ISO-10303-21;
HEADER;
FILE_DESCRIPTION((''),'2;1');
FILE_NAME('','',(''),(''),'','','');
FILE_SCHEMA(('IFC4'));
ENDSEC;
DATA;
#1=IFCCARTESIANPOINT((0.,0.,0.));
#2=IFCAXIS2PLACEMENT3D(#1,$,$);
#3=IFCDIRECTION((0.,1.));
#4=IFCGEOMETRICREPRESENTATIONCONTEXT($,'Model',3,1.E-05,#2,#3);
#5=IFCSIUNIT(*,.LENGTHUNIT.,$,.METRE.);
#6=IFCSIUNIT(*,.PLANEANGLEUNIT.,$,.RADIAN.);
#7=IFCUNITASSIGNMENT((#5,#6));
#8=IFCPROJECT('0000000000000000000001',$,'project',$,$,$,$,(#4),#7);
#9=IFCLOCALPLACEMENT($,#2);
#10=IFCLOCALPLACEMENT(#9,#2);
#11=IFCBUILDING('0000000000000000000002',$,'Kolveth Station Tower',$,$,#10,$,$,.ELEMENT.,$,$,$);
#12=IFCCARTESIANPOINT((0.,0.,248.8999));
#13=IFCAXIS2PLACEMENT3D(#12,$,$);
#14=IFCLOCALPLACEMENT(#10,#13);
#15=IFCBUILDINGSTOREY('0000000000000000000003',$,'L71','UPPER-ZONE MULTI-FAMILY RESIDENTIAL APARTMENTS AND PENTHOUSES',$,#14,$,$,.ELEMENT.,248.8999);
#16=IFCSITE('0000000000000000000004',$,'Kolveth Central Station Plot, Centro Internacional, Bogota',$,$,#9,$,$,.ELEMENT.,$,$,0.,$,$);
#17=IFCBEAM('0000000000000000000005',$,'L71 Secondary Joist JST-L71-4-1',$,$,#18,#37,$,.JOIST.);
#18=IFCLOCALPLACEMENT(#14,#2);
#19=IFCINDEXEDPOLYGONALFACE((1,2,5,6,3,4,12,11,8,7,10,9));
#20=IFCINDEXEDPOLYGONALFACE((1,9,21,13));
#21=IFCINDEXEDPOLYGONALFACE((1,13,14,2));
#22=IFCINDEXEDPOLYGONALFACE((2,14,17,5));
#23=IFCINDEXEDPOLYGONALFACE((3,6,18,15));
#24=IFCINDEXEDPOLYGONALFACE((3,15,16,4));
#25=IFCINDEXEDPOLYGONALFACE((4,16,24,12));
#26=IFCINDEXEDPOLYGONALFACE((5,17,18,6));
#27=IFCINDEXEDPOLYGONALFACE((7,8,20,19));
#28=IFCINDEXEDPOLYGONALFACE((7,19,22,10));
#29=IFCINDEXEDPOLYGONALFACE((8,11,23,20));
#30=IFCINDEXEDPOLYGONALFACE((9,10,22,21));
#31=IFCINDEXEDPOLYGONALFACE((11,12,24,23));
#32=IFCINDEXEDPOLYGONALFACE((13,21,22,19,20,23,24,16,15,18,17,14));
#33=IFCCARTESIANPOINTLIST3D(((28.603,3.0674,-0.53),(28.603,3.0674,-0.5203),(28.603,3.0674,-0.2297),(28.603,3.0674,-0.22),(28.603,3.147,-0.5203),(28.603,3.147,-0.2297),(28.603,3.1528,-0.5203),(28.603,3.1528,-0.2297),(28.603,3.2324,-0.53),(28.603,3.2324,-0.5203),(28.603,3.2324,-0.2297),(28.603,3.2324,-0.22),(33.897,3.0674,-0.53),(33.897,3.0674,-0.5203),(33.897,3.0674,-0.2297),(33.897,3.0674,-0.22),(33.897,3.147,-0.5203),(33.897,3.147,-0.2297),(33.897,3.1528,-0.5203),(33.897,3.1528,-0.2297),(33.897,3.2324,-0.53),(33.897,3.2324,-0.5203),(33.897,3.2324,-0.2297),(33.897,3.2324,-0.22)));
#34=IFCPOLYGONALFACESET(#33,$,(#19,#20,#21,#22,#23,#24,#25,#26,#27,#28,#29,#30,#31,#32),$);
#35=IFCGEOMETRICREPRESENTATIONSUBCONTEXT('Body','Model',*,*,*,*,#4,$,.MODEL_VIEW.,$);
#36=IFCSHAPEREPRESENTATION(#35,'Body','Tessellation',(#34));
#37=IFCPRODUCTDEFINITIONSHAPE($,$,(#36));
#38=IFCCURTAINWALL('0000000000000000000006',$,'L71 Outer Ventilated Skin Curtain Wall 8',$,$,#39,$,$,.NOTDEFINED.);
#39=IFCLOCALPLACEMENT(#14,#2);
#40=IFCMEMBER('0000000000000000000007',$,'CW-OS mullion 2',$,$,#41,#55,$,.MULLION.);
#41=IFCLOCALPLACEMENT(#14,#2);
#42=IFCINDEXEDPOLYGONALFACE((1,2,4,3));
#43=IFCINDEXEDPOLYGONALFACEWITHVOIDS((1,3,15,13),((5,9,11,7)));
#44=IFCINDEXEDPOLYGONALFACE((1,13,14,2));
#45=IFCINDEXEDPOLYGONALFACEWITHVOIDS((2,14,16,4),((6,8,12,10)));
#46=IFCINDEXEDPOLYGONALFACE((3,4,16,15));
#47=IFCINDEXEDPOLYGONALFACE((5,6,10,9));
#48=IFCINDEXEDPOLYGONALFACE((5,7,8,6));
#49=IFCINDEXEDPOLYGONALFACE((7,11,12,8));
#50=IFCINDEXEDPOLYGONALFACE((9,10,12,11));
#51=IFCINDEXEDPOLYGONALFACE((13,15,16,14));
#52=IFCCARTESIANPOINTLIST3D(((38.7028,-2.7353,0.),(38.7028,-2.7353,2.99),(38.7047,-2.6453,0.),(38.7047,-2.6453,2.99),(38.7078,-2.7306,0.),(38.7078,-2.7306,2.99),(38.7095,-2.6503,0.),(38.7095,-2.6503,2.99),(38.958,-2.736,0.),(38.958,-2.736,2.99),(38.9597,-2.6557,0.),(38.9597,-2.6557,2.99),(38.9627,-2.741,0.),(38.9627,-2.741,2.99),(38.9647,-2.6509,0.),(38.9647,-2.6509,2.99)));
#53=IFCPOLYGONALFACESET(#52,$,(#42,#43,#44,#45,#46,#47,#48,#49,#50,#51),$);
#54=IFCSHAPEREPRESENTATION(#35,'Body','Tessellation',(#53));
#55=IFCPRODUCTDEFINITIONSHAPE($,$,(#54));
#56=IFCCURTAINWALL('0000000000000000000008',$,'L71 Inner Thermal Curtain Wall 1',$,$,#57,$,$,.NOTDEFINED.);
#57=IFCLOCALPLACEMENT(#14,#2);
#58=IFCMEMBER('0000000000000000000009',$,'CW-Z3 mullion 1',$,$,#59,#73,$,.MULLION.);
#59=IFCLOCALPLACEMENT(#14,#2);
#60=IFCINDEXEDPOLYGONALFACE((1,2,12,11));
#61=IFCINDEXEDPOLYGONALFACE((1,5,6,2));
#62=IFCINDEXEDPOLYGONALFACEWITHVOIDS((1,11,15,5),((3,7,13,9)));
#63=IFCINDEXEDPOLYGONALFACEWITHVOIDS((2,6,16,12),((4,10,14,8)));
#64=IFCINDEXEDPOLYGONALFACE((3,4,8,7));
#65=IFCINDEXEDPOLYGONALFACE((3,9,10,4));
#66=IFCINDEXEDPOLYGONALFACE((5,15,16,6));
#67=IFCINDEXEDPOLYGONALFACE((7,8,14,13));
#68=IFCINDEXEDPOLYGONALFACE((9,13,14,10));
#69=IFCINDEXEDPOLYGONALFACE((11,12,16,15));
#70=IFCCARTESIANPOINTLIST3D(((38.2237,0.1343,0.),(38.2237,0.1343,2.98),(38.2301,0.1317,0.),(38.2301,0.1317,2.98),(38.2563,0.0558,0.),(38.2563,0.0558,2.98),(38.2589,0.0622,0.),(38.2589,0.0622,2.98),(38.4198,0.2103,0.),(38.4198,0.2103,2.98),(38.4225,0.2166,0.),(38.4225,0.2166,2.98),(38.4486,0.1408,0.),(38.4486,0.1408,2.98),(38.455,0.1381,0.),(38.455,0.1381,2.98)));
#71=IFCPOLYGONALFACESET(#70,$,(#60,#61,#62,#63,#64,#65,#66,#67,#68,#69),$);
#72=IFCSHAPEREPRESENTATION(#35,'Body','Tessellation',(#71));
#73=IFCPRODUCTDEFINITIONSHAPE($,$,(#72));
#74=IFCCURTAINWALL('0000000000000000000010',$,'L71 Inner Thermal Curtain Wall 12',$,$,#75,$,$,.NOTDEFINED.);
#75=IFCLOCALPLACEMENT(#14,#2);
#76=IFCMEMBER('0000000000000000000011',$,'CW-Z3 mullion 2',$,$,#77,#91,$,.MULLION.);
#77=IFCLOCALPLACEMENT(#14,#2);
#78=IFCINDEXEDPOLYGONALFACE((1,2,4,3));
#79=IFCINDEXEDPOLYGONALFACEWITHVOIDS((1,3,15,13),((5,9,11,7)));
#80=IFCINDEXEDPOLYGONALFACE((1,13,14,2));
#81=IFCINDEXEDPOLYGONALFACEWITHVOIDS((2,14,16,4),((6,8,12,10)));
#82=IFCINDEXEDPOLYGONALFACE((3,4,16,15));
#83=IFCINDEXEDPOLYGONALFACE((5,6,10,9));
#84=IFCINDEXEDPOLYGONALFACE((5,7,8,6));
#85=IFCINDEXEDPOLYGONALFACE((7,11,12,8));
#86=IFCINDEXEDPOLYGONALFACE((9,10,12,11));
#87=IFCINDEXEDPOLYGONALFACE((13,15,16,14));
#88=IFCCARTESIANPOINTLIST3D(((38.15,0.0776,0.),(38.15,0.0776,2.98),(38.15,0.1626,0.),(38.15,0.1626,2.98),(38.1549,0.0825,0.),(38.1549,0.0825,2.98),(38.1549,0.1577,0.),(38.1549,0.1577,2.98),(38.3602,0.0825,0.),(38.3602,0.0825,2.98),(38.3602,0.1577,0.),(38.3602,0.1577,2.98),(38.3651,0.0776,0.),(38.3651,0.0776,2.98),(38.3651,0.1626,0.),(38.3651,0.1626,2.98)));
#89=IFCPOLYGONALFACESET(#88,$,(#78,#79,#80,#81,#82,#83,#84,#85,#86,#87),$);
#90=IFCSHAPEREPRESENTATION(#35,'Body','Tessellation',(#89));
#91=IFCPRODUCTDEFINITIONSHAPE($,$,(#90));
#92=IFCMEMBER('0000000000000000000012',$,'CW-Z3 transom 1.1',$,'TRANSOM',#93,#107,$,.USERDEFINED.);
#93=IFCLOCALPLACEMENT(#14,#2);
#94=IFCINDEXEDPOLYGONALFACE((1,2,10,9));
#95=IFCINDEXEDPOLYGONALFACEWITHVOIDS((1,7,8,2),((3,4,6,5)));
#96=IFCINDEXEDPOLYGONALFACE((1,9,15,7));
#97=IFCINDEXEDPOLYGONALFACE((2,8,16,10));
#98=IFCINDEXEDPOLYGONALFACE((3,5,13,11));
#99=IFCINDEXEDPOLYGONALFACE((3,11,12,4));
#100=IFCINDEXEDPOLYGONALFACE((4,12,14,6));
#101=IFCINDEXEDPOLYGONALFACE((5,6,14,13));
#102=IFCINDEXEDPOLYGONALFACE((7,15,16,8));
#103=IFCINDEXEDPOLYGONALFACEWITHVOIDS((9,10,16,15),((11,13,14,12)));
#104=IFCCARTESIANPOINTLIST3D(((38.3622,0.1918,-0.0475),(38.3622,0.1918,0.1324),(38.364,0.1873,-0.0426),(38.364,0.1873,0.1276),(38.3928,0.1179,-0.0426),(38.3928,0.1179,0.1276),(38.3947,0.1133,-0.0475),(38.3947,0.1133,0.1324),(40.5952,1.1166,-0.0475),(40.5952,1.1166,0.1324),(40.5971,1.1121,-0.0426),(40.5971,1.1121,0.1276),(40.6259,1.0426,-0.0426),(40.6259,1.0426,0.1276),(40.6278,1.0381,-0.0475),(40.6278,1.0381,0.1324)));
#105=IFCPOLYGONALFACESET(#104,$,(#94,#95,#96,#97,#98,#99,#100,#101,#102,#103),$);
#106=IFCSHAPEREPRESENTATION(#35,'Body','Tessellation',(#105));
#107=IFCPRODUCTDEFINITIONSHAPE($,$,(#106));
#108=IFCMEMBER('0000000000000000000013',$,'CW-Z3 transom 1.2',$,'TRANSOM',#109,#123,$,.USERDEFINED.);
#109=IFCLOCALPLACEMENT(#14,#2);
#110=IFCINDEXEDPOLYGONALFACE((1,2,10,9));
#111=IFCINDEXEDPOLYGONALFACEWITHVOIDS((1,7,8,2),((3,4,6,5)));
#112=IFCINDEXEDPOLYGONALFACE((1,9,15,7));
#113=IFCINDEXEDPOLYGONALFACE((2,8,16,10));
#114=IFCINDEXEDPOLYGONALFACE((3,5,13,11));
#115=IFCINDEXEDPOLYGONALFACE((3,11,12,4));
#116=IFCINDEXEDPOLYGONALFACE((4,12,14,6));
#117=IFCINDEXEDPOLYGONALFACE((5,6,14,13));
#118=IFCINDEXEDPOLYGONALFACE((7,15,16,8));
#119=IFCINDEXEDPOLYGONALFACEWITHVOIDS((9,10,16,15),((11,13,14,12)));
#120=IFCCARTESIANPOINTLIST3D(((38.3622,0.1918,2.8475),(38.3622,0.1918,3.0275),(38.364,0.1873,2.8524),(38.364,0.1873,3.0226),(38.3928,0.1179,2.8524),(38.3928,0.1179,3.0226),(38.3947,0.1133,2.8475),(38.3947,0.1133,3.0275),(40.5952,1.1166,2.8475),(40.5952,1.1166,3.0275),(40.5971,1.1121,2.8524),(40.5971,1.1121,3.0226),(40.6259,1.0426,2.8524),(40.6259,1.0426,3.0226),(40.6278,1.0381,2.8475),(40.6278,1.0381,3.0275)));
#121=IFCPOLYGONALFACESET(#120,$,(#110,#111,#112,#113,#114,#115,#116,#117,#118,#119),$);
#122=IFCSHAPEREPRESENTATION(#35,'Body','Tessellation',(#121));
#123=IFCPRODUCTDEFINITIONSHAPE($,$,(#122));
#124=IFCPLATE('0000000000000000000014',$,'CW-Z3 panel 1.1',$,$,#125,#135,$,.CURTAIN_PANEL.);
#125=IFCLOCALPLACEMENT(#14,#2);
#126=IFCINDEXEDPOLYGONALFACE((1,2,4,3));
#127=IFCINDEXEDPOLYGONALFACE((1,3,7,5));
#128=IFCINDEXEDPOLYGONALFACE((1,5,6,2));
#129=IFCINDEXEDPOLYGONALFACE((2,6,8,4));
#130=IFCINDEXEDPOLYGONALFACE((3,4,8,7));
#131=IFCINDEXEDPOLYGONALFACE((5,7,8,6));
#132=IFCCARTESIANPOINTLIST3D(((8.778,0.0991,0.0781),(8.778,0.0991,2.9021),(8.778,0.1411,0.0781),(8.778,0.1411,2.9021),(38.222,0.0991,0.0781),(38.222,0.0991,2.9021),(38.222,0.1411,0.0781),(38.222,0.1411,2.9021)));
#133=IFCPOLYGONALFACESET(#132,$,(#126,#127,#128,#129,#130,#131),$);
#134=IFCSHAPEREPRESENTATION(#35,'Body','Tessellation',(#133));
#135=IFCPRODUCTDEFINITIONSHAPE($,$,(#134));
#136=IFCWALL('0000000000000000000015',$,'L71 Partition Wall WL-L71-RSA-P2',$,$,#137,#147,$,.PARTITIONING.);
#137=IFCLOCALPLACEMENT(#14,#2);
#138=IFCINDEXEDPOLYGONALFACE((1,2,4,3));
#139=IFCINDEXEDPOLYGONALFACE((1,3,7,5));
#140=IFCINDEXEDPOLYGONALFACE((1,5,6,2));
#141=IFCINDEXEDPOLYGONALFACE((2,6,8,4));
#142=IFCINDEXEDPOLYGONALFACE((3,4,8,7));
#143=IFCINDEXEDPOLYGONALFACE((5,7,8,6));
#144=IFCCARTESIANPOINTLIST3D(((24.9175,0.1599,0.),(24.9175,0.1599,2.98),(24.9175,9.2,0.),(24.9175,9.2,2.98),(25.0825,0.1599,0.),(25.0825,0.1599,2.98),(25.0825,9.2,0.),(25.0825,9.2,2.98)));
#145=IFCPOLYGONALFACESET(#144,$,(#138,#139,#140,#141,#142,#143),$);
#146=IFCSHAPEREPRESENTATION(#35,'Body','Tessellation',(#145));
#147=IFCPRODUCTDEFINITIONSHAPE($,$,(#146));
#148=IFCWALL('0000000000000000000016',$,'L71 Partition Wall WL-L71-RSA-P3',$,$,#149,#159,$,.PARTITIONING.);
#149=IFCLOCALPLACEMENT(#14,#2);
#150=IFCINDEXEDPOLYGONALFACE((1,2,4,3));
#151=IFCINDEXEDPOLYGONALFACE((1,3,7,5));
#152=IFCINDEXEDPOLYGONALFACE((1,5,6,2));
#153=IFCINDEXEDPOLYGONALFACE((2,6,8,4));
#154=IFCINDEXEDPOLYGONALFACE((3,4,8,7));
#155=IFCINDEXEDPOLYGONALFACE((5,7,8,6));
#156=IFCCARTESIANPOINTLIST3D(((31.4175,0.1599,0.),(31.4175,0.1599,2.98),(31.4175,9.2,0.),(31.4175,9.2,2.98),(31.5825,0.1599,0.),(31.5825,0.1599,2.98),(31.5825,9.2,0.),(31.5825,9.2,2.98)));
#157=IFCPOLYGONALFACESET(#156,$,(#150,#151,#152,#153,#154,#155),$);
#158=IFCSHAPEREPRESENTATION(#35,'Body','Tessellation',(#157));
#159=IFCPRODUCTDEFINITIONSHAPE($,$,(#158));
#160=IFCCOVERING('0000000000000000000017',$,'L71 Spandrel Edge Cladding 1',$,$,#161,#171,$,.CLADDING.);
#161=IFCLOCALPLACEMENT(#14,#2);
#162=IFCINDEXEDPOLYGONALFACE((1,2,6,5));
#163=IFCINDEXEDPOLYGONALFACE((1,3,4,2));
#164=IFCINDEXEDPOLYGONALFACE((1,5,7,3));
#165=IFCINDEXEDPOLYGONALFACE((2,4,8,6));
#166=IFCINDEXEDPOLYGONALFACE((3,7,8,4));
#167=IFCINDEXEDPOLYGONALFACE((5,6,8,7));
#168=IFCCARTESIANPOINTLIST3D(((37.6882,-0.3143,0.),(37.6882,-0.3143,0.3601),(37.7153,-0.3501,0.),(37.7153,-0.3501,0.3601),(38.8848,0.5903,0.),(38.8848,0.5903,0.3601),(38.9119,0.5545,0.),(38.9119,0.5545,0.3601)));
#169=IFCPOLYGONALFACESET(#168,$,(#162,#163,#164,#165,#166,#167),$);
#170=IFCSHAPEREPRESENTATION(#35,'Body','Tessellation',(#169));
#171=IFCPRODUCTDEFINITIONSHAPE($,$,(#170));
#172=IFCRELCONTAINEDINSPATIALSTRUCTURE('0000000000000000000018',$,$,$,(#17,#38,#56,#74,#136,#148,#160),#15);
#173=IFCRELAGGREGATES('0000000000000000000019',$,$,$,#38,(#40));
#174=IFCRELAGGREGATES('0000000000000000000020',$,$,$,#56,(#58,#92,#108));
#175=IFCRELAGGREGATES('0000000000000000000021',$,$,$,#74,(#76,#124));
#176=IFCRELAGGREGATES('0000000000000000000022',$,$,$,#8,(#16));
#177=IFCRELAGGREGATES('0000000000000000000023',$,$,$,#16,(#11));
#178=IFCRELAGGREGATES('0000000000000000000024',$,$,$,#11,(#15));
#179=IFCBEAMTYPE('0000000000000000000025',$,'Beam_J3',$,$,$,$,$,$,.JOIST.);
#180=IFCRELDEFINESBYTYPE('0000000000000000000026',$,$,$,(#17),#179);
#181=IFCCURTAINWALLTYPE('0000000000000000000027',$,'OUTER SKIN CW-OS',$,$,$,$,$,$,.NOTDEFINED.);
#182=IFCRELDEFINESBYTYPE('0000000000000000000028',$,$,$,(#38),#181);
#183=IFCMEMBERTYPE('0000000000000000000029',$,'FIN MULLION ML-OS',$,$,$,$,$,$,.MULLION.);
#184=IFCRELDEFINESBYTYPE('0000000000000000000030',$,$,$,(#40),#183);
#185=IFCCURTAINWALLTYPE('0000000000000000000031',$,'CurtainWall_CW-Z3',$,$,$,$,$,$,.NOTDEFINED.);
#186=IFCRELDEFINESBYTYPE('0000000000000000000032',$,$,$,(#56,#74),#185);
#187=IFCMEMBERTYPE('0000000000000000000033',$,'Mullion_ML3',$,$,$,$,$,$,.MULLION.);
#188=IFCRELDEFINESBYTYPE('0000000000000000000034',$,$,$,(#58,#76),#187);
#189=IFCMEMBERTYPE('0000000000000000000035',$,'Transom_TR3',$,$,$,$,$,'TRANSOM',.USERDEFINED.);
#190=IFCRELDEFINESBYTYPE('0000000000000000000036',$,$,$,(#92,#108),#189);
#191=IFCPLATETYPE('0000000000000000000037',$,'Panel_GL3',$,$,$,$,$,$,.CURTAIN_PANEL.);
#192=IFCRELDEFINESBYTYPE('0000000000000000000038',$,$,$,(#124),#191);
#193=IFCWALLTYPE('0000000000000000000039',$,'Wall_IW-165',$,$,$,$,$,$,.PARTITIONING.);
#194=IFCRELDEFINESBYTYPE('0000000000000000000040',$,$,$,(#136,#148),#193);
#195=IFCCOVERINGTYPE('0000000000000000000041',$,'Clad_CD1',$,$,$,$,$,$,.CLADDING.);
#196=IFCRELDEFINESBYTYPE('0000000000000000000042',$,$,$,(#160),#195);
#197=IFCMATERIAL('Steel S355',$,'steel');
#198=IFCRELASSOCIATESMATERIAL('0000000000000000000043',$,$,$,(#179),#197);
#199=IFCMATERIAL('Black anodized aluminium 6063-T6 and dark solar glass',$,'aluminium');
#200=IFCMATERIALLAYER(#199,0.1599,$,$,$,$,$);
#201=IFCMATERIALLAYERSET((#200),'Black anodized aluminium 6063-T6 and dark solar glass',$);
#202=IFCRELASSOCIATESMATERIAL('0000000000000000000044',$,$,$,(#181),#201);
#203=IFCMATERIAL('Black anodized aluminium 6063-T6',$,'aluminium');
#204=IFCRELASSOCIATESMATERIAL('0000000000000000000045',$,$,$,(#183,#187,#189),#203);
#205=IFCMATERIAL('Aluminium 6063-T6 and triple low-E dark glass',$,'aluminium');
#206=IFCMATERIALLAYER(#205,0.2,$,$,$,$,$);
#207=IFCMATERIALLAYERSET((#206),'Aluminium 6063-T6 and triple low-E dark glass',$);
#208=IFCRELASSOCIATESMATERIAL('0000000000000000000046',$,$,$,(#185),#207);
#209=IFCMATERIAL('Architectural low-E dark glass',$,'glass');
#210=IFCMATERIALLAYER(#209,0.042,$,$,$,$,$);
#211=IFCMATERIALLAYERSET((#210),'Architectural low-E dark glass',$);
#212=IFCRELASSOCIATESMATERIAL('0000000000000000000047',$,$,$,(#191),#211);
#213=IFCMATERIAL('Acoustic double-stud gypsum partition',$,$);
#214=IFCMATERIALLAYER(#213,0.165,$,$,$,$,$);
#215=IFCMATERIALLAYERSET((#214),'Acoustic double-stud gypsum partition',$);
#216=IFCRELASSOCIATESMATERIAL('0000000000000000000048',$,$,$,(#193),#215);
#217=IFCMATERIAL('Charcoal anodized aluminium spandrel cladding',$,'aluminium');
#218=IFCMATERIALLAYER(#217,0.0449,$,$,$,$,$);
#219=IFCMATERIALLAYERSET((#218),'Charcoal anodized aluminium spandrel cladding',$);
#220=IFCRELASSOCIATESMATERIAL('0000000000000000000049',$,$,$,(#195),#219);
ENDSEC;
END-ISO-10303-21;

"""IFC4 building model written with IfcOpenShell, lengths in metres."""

from ifc_helpers import new_model, si_unit, direction, frame, frame_2d, origin, origin_2d, place, context, subcontext, project, spatial, rectangle, hollow_rectangle, i_section, extrude, source, transform, mapped, material, layer, layer_set, material_profile, profile_set, type_object, element, aggregate, save


model = new_model("IFC4")

# Units and contexts
model_context = context("Model", 3, precision=1e-05, world=origin(), true_north=direction((0.0, 1.0)))
body_context = subcontext(model_context, "Body", "Model", "MODEL_VIEW")
ifc_project = project(units=[si_unit("LENGTHUNIT", "METRE"), si_unit("PLANEANGLEUNIT", "RADIAN")], contexts=[model_context])

# Site, building, storey
site_placement = place(None, origin())
site = spatial("IfcSite", under=ifc_project, at=site_placement, Name="Kolveth Central Station Plot, Centro Internacional, Bogota", CompositionType="ELEMENT", RefElevation=0.0)
building_placement = place(site_placement, origin())
building = spatial("IfcBuilding", under=site, at=building_placement, Name="Kolveth Station Tower", CompositionType="ELEMENT")
storey_placement = place(building_placement, frame((0.0, 0.0, 248.8999)))
storey = spatial("IfcBuildingStorey", under=building, at=storey_placement, Name="L71", Description="UPPER-ZONE MULTI-FAMILY RESIDENTIAL APARTMENTS AND PENTHOUSES", CompositionType="ELEMENT", Elevation=248.8999)

# Shared definitions
ifc_material_1 = material(Name="Steel S355", Category="steel")

# Beam
ifc_material_profile_1 = material_profile(ifc_material_1, i_section(OverallWidth=0.165, OverallDepth=0.3101, WebThickness=0.0059, FlangeThickness=0.0098, at=origin_2d()), Name="W310x39")
ifc_profile_set_1 = profile_set([ifc_material_profile_1], Name="Steel S355")
beam_type_1 = type_object("IfcBeamType", Name="Beam_J3", PredefinedType="JOIST", material=ifc_profile_set_1)
shared_shape_1 = source(origin(), body_context, "Body", "SweptSolid", [
    extrude(i_section(OverallWidth=0.165, OverallDepth=0.3101, WebThickness=0.0059, FlangeThickness=0.0098, at=origin_2d()), origin(), (0.0, 0.0, 1.0), 5.2939),
])
beam_1_placement = place(storey_placement, frame((28.603, 3.1499, -0.375), z_axis=(1.0, 0.0, 0.0), x_axis=(0.0, 1.0, 0.0)))
element("IfcBeam", 1, at=beam_1_placement, inside=storey, type_object=beam_type_1, Name="L71 Secondary Joist JST-L71-4-1", PredefinedType="JOIST", context=body_context, shape_type="MappedRepresentation", body=[
    mapped(shared_shape_1, transform((0.0, 0.0, 0.0), x_axis=(1.0, 0.0, 0.0), y_axis=(0.0, 1.0, 0.0), z_axis=(0.0, 0.0, 1.0), scale=1.0)),
])

# Curtain walls, members
ifc_material_2 = material(Name="Black anodized aluminium 6063-T6 and dark solar glass", Category="aluminium")
ifc_layer_1 = layer(ifc_material_2, 0.1599)
ifc_layer_set_1 = layer_set([ifc_layer_1], Name="Black anodized aluminium 6063-T6 and dark solar glass")
curtain_wall_type_1 = type_object("IfcCurtainWallType", Name="OUTER SKIN CW-OS", PredefinedType="NOTDEFINED", material=ifc_layer_set_1)
curtain_wall_1_placement = place(storey_placement, origin())
curtain_wall_1 = element("IfcCurtainWall", 2, at=curtain_wall_1_placement, inside=storey, type_object=curtain_wall_type_1, Name="L71 Outer Ventilated Skin Curtain Wall 8", PredefinedType="NOTDEFINED")
ifc_material_3 = material(Name="Black anodized aluminium 6063-T6", Category="aluminium")
ifc_material_profile_2 = material_profile(ifc_material_3, hollow_rectangle(XDim=0.0901, YDim=0.26, WallThickness=0.0049, at=origin_2d()), Name="ALU-90x260x5")
ifc_profile_set_2 = profile_set([ifc_material_profile_2], Name="Black anodized aluminium 6063-T6")
member_type_1 = type_object("IfcMemberType", Name="FIN MULLION ML-OS", PredefinedType="MULLION", material=ifc_profile_set_2)
shared_shape_2 = source(origin(), body_context, "Body", "SweptSolid", [
    extrude(hollow_rectangle(XDim=0.0901, YDim=0.26, WallThickness=0.0049, at=origin_2d()), origin(), (0.0, 0.0, 1.0), 2.99),
])
member_1_placement = place(storey_placement, frame((38.8337, -2.6931, 0.0), z_axis=(0.0, 0.0, 1.0), x_axis=(0.021663, 0.999765, 0.0)))
member_1 = element("IfcMember", 3, at=member_1_placement, type_object=member_type_1, Name="CW-OS mullion 2", PredefinedType="MULLION", context=body_context, shape_type="MappedRepresentation", body=[
    mapped(shared_shape_2, transform((0.0, 0.0, 0.0), x_axis=(1.0, 0.0, 0.0), y_axis=(0.0, 1.0, 0.0), z_axis=(0.0, 0.0, 1.0), scale=1.0)),
])
aggregate(curtain_wall_1, [member_1])
ifc_material_4 = material(Name="Aluminium 6063-T6 and triple low-E dark glass", Category="aluminium")
ifc_layer_2 = layer(ifc_material_4, 0.2)
ifc_layer_set_2 = layer_set([ifc_layer_2], Name="Aluminium 6063-T6 and triple low-E dark glass")
curtain_wall_type_2 = type_object("IfcCurtainWallType", Name="CurtainWall_CW-Z3", PredefinedType="NOTDEFINED", material=ifc_layer_set_2)
curtain_wall_2_placement = place(storey_placement, origin())
curtain_wall_2 = element("IfcCurtainWall", 4, at=curtain_wall_2_placement, inside=storey, type_object=curtain_wall_type_2, Name="L71 Inner Thermal Curtain Wall 1", PredefinedType="NOTDEFINED")
ifc_material_profile_3 = material_profile(ifc_material_3, hollow_rectangle(XDim=0.085, YDim=0.2151, WallThickness=0.0049, at=origin_2d()), Name="ALU-85x215x5")
ifc_profile_set_3 = profile_set([ifc_material_profile_3], Name="Black anodized aluminium 6063-T6")
member_type_2 = type_object("IfcMemberType", Name="Mullion_ML3", PredefinedType="MULLION", material=ifc_profile_set_3)
shared_shape_3 = source(origin(), body_context, "Body", "SweptSolid", [
    extrude(hollow_rectangle(XDim=0.085, YDim=0.2151, WallThickness=0.0049, at=origin_2d()), origin(), (0.0, 0.0, 1.0), 2.98),
])
member_2_placement = place(storey_placement, frame((38.3394, 0.1362, 0.0), z_axis=(0.0, 0.0, 1.0), x_axis=(-0.382693, 0.923875, 0.0)))
member_2 = element("IfcMember", 5, at=member_2_placement, type_object=member_type_2, Name="CW-Z3 mullion 1", PredefinedType="MULLION", context=body_context, shape_type="MappedRepresentation", body=[
    mapped(shared_shape_3, transform((0.0, 0.0, 0.0), x_axis=(1.0, 0.0, 0.0), y_axis=(0.0, 1.0, 0.0), z_axis=(0.0, 0.0, 1.0), scale=1.0)),
])
curtain_wall_3_placement = place(storey_placement, origin())
curtain_wall_3 = element("IfcCurtainWall", 6, at=curtain_wall_3_placement, inside=storey, type_object=curtain_wall_type_2, Name="L71 Inner Thermal Curtain Wall 12", PredefinedType="NOTDEFINED")
member_3_placement = place(storey_placement, frame((38.2576, 0.1201, 0.0), z_axis=(0.0, 0.0, 1.0), x_axis=(0.0, 1.0, 0.0)))
member_3 = element("IfcMember", 7, at=member_3_placement, type_object=member_type_2, Name="CW-Z3 mullion 2", PredefinedType="MULLION", context=body_context, shape_type="MappedRepresentation", body=[
    mapped(shared_shape_3, transform((0.0, 0.0, 0.0), x_axis=(1.0, 0.0, 0.0), y_axis=(0.0, 1.0, 0.0), z_axis=(0.0, 0.0, 1.0), scale=1.0)),
])

# Members
ifc_material_profile_4 = material_profile(ifc_material_3, hollow_rectangle(XDim=0.085, YDim=0.1799, WallThickness=0.0049, at=origin_2d()), Name="ALU-85x180x5")
ifc_profile_set_4 = profile_set([ifc_material_profile_4], Name="Black anodized aluminium 6063-T6")
member_type_3 = type_object("IfcMemberType", Name="Transom_TR3", ElementType="TRANSOM", PredefinedType="USERDEFINED", material=ifc_profile_set_4)
shared_shape_4 = source(origin(), body_context, "Body", "SweptSolid", [
    extrude(hollow_rectangle(XDim=0.085, YDim=0.1799, WallThickness=0.0049, at=origin_2d()), origin(), (0.0, 0.0, 1.0), 2.417),
])
member_4_placement = place(storey_placement, frame((38.3784, 0.1526, 0.0425), z_axis=(0.923909, 0.382613, 0.0), x_axis=(-0.382613, 0.923909, 0.0)))
member_4 = element("IfcMember", 8, at=member_4_placement, type_object=member_type_3, Name="CW-Z3 transom 1.1", ObjectType="TRANSOM", PredefinedType="USERDEFINED", context=body_context, shape_type="MappedRepresentation", body=[
    mapped(shared_shape_4, transform((0.0, 0.0, 0.0), x_axis=(1.0, 0.0, 0.0), y_axis=(0.0, 1.0, 0.0), z_axis=(0.0, 0.0, 1.0), scale=1.0)),
])
member_5_placement = place(storey_placement, frame((38.3784, 0.1526, 2.9375), z_axis=(0.923909, 0.382613, 0.0), x_axis=(-0.382613, 0.923909, 0.0)))
member_5 = element("IfcMember", 9, at=member_5_placement, type_object=member_type_3, Name="CW-Z3 transom 1.2", ObjectType="TRANSOM", PredefinedType="USERDEFINED", context=body_context, shape_type="MappedRepresentation", body=[
    mapped(shared_shape_4, transform((0.0, 0.0, 0.0), x_axis=(1.0, 0.0, 0.0), y_axis=(0.0, 1.0, 0.0), z_axis=(0.0, 0.0, 1.0), scale=1.0)),
])
aggregate(curtain_wall_2, [member_2, member_4, member_5])

# Plate
ifc_material_5 = material(Name="Architectural low-E dark glass", Category="glass")
ifc_layer_3 = layer(ifc_material_5, 0.042)
ifc_layer_set_3 = layer_set([ifc_layer_3], Name="Architectural low-E dark glass")
plate_type = type_object("IfcPlateType", Name="Panel_GL3", PredefinedType="CURTAIN_PANEL", material=ifc_layer_set_3)
shared_shape_5 = source(origin(), body_context, "Body", "SweptSolid", [
    extrude(rectangle(XDim=29.4441, YDim=0.042, at=origin_2d()), origin(), (0.0, 0.0, 1.0), 2.824),
])
plate_placement = place(storey_placement, frame((23.5, 0.1201, 0.0781), z_axis=(0.0, 0.0, 1.0), x_axis=(1.0, 0.0, 0.0)))
plate = element("IfcPlate", 10, at=plate_placement, type_object=plate_type, Name="CW-Z3 panel 1.1", PredefinedType="CURTAIN_PANEL", context=body_context, shape_type="MappedRepresentation", body=[
    mapped(shared_shape_5, transform((0.0, 0.0, 0.0), x_axis=(1.0, 0.0, 0.0), y_axis=(0.0, 1.0, 0.0), z_axis=(0.0, 0.0, 1.0), scale=1.0)),
])
aggregate(curtain_wall_3, [member_3, plate])

# Walls
ifc_material_6 = material(Name="Acoustic double-stud gypsum partition")
ifc_layer_4 = layer(ifc_material_6, 0.165)
ifc_layer_set_4 = layer_set([ifc_layer_4], Name="Acoustic double-stud gypsum partition")
wall_type = type_object("IfcWallType", Name="Wall_IW-165", PredefinedType="PARTITIONING", material=ifc_layer_set_4)
for number, where, z_axis, x_axis, name in (
    (11, (25.0, 0.1599, 0.0), (0.0, 0.0, 1.0), (0.0, 1.0, 0.0), "L71 Partition Wall WL-L71-RSA-P2"),
    (12, (31.5, 0.1599, 0.0), (0.0, 0.0, 1.0), (0.0, 1.0, 0.0), "L71 Partition Wall WL-L71-RSA-P3"),
):
    element("IfcWall", number, at=place(storey_placement, frame(where, z_axis=z_axis, x_axis=x_axis)), inside=storey, type_object=wall_type, Name=name, PredefinedType="PARTITIONING", context=body_context, shape_type="SweptSolid", body=[
        extrude(rectangle(XDim=9.04, YDim=0.165, at=frame_2d((4.52, 0.0))), origin(), (0.0, 0.0, 1.0), 2.98),
    ])

# Covering
ifc_material_7 = material(Name="Charcoal anodized aluminium spandrel cladding", Category="aluminium")
ifc_layer_5 = layer(ifc_material_7, 0.0449)
ifc_layer_set_5 = layer_set([ifc_layer_5], Name="Charcoal anodized aluminium spandrel cladding")
covering_type = type_object("IfcCoveringType", Name="Clad_CD1", PredefinedType="CLADDING", material=ifc_layer_set_5)
shared_shape_6 = source(origin(), body_context, "Body", "SweptSolid", [
    extrude(rectangle(XDim=1.5, YDim=0.0449, at=origin_2d()), origin(), (0.0, 0.0, 1.0), 0.3601),
])
covering_placement = place(storey_placement, frame((38.3, 0.1201, 0.0), z_axis=(0.0, 0.0, 1.0), x_axis=(0.797689, 0.603069, 0.0)))
element("IfcCovering", 13, at=covering_placement, inside=storey, type_object=covering_type, Name="L71 Spandrel Edge Cladding 1", PredefinedType="CLADDING", context=body_context, shape_type="MappedRepresentation", body=[
    mapped(shared_shape_6, transform((0.0, 0.0, 0.0), x_axis=(1.0, 0.0, 0.0), y_axis=(0.0, 1.0, 0.0), z_axis=(0.0, 0.0, 1.0), scale=1.0)),
])

save(model, "model.ifc")
